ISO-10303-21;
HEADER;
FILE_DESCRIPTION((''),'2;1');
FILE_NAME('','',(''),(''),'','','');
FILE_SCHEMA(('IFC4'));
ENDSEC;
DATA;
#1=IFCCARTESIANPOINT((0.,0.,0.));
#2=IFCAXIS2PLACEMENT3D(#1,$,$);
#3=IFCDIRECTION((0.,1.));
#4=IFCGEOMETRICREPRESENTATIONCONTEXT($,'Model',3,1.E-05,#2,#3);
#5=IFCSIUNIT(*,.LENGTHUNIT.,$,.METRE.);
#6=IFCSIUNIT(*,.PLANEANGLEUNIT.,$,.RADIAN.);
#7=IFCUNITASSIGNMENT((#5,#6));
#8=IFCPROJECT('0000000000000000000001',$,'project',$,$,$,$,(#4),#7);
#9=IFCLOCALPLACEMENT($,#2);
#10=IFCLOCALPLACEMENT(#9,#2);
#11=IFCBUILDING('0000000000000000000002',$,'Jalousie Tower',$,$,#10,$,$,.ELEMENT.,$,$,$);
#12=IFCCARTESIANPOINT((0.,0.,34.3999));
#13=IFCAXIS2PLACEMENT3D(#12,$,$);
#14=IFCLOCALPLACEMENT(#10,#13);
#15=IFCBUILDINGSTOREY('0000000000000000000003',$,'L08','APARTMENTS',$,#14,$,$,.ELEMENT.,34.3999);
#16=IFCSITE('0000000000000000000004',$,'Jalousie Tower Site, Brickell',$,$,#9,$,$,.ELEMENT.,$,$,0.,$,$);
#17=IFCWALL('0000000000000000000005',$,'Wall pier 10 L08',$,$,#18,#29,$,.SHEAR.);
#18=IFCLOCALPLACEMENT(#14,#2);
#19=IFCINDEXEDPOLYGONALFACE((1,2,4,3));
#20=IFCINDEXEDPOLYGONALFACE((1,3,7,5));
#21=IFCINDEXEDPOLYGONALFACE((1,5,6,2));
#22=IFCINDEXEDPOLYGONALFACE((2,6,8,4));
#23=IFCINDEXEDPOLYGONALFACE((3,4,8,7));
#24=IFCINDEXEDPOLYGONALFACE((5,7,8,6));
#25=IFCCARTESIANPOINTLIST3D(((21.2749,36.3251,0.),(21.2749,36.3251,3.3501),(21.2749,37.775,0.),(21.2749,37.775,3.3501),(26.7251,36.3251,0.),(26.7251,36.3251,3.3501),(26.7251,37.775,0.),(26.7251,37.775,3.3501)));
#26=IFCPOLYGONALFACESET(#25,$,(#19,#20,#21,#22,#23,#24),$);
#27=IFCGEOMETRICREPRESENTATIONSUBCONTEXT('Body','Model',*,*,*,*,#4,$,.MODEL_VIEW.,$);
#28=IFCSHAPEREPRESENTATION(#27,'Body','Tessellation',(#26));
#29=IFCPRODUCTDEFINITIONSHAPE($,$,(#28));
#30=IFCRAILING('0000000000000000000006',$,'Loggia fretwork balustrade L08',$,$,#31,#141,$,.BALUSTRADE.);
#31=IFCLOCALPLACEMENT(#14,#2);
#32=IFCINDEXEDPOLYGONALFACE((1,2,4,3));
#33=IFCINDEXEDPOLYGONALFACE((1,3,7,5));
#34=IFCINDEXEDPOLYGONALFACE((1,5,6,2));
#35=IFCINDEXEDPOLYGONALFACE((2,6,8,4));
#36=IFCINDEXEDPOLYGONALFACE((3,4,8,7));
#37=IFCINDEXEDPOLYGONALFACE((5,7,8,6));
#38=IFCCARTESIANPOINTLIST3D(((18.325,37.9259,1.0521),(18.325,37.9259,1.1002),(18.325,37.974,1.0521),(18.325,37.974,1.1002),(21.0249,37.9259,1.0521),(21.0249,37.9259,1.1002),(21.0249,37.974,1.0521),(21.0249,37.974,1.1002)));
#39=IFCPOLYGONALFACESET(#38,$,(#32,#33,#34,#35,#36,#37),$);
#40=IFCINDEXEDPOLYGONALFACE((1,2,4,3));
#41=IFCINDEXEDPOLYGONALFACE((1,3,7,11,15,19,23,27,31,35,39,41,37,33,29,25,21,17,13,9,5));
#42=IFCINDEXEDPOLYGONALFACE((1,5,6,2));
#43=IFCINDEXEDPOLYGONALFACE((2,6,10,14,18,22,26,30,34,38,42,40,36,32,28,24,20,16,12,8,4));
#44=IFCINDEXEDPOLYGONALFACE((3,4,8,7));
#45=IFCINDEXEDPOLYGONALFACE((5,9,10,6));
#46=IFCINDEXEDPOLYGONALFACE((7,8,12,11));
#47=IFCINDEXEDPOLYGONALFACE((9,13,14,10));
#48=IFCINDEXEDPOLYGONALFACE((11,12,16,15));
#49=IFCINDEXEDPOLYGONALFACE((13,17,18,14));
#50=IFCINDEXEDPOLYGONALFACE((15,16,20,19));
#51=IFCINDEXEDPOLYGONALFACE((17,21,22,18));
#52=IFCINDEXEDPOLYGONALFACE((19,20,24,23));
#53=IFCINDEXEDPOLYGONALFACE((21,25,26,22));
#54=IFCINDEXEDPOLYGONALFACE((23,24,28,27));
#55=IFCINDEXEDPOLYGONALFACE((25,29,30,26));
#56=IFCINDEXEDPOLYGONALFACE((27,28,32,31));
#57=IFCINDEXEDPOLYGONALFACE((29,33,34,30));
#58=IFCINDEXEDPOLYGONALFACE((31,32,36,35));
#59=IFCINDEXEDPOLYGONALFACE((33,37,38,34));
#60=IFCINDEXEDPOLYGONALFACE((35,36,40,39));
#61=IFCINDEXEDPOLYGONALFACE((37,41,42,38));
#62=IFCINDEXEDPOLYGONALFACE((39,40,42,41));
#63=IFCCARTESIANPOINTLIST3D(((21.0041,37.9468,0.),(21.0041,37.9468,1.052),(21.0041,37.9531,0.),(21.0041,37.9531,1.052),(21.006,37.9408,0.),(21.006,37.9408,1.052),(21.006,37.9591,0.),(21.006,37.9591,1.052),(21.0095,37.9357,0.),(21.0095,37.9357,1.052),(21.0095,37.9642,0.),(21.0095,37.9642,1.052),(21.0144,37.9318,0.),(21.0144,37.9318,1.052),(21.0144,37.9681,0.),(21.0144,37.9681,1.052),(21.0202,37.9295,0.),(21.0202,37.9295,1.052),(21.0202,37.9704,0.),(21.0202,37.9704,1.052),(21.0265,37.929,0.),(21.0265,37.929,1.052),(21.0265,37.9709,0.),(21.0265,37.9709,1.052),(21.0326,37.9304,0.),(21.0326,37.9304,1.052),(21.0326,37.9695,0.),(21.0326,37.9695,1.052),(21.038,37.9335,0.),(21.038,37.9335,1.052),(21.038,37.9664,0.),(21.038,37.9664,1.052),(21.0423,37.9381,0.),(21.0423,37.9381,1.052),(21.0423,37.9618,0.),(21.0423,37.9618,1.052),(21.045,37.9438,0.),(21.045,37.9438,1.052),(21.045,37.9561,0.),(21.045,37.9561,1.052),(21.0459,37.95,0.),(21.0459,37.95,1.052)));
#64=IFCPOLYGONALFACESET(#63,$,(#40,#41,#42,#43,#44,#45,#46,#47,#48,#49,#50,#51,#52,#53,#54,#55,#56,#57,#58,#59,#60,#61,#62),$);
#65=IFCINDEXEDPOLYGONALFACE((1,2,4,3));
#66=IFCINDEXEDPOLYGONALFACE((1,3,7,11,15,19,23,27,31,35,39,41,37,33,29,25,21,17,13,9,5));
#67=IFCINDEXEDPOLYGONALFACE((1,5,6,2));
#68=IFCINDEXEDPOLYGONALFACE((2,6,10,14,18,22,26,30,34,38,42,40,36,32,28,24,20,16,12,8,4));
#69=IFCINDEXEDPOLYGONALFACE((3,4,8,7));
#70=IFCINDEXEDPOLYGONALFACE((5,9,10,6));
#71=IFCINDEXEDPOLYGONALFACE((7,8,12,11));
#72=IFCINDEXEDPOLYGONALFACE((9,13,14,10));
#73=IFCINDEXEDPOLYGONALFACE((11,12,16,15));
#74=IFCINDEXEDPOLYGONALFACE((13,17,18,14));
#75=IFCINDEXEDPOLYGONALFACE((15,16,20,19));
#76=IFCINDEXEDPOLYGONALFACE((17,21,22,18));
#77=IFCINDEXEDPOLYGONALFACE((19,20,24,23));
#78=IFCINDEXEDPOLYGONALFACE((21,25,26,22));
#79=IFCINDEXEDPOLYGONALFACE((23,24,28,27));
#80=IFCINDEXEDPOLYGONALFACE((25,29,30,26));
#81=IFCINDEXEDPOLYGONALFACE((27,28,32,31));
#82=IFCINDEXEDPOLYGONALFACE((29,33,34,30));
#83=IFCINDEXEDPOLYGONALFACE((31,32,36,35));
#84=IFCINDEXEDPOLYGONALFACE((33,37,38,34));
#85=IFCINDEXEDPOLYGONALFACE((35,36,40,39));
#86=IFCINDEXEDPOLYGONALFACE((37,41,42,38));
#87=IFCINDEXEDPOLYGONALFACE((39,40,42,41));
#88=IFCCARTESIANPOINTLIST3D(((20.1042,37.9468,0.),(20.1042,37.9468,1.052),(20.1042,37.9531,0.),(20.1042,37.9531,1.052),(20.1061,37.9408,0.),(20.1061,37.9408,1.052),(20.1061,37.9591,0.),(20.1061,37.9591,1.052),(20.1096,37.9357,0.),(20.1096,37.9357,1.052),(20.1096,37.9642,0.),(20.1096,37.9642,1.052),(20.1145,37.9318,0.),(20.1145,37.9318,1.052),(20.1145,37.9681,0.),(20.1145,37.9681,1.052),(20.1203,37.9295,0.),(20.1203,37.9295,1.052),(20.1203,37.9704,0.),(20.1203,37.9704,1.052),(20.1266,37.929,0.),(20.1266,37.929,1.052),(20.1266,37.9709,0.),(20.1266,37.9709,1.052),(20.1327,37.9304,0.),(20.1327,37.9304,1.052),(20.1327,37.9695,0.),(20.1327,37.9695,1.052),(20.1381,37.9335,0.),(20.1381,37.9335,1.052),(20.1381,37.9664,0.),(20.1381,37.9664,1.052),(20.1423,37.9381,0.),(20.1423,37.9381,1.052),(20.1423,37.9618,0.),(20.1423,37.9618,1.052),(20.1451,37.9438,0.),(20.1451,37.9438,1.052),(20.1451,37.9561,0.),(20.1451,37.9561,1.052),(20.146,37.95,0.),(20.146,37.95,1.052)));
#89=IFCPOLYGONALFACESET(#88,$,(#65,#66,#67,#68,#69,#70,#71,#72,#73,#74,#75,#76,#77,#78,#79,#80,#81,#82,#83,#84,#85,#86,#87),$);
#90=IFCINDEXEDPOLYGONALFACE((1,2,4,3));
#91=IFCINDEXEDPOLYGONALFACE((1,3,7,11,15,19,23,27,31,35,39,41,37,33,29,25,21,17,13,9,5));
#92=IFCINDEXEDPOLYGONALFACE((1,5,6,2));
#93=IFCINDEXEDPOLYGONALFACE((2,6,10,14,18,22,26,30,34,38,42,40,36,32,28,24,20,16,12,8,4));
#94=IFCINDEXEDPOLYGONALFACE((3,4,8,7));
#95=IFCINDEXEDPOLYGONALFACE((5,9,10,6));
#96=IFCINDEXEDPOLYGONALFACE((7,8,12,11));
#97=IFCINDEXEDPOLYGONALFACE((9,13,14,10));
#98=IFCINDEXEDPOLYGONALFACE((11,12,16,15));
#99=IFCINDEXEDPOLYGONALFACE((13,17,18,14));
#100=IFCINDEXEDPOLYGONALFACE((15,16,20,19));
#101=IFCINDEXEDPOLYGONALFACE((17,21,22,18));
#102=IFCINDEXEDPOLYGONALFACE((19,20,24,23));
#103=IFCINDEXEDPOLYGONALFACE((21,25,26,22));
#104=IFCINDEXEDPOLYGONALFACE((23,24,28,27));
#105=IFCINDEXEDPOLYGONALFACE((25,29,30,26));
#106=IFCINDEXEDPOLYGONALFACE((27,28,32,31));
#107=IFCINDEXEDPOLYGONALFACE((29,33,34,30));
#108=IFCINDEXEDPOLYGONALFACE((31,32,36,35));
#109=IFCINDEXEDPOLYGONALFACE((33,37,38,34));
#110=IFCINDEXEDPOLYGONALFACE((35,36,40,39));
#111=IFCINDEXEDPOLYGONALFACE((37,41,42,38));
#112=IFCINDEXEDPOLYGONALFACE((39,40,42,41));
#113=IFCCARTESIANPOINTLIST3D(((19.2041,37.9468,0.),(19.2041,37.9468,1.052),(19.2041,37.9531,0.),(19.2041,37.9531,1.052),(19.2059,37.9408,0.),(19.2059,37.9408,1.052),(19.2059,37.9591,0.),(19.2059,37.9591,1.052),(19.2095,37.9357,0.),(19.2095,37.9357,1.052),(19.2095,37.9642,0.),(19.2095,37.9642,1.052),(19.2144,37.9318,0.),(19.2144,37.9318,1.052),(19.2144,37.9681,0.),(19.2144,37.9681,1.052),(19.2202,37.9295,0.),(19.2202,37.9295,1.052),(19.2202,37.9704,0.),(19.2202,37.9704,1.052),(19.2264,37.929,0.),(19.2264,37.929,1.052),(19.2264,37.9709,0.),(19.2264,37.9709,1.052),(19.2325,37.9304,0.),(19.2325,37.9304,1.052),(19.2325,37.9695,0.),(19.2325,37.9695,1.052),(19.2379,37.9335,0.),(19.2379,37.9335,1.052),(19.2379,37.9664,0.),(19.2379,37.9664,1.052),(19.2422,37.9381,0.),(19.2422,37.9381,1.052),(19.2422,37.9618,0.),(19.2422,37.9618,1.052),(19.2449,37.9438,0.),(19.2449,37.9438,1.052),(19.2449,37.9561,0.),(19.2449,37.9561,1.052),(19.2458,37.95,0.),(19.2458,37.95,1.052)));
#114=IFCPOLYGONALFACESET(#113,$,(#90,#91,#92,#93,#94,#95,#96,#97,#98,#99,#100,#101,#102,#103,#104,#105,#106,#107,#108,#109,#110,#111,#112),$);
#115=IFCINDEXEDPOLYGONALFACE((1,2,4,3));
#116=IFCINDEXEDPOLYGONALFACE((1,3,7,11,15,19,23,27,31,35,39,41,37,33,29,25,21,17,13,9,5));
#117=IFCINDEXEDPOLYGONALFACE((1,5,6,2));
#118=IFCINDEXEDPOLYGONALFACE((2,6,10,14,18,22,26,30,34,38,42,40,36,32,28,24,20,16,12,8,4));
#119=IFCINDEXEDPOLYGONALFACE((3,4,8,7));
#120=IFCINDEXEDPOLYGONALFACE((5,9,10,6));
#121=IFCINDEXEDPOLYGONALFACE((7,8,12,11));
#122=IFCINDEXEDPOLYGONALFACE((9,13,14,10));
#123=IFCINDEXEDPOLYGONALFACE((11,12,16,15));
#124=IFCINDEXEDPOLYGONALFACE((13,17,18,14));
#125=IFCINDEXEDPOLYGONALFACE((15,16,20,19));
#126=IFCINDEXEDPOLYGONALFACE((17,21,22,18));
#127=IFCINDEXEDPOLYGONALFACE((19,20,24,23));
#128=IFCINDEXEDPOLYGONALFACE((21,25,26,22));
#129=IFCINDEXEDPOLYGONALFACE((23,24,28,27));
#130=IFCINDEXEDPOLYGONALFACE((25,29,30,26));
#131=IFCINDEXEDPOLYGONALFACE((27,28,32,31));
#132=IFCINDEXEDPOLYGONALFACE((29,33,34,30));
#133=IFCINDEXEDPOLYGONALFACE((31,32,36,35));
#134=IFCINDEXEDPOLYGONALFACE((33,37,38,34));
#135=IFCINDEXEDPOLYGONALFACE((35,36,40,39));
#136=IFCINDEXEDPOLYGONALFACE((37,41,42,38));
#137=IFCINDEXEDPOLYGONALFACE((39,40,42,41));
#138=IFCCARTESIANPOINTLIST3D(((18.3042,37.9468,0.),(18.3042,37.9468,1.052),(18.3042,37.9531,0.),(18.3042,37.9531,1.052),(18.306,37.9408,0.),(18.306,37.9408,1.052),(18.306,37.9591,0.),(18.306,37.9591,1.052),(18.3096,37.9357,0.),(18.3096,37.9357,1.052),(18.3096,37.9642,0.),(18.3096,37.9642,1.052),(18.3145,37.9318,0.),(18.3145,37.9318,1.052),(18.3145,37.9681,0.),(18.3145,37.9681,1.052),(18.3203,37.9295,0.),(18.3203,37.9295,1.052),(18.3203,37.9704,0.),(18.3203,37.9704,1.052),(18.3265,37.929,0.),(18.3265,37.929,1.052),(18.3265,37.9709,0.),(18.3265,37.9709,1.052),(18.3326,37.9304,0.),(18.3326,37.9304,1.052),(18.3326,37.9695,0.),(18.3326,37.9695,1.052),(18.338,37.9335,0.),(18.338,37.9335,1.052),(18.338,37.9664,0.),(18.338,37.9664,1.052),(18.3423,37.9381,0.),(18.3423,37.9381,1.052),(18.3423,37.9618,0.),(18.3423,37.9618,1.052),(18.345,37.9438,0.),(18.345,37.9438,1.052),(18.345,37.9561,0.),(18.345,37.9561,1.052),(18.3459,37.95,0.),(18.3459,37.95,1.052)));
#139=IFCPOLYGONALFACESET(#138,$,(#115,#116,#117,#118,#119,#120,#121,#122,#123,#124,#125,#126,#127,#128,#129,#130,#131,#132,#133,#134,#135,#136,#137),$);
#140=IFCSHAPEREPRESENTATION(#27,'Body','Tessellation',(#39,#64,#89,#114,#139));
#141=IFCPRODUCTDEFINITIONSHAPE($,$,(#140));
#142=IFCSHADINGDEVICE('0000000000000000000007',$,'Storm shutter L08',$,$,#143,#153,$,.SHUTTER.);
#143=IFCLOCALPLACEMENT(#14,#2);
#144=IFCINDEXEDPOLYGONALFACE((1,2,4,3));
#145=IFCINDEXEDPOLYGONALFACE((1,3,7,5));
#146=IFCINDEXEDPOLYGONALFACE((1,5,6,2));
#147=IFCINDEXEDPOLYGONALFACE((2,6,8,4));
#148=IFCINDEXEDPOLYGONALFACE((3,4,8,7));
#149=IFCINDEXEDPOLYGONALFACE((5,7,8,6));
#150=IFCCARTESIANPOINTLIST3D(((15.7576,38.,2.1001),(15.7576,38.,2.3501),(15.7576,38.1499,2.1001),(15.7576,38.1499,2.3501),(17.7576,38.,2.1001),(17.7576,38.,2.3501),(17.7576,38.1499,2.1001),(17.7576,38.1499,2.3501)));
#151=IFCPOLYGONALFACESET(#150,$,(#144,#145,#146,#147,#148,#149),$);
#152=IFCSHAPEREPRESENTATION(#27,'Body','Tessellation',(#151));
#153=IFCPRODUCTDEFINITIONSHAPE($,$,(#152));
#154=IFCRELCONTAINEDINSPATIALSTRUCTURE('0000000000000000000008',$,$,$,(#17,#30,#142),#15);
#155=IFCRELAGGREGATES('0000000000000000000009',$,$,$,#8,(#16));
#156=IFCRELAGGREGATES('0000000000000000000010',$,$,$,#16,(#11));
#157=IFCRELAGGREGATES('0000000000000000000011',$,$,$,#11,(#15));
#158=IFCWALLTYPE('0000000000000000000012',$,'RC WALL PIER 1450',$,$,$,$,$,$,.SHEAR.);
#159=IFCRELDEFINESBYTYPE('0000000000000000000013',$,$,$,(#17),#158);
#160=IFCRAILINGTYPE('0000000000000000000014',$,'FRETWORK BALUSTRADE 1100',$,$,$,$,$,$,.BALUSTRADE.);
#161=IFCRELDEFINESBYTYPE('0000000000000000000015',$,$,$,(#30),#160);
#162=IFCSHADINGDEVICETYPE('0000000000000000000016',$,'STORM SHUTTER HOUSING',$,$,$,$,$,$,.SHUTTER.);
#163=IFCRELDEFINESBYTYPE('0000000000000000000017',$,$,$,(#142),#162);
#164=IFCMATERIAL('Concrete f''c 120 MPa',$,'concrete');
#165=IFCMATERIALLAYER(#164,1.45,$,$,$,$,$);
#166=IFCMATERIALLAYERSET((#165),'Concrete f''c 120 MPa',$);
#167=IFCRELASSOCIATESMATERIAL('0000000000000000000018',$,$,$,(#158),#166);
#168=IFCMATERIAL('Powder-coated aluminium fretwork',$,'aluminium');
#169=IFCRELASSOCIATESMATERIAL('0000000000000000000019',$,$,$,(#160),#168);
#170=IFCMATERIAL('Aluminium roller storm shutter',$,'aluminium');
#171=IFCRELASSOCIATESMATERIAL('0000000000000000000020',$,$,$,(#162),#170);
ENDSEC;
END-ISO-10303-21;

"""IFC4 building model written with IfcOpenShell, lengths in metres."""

from ifc_helpers import new_model, si_unit, direction, frame, frame_2d, origin, origin_2d, place, context, subcontext, project, spatial, rectangle, circle, extrude, material, layer, layer_set, type_object, element, save


model = new_model("IFC4")

# Units and contexts
model_context = context("Model", 3, precision=1e-05, world=origin(), true_north=direction((0.0, 1.0)))
body_context = subcontext(model_context, "Body", "Model", "MODEL_VIEW")
ifc_project = project(units=[si_unit("LENGTHUNIT", "METRE"), si_unit("PLANEANGLEUNIT", "RADIAN")], contexts=[model_context])

# Site, building, storey
site_placement = place(None, origin())
site = spatial("IfcSite", under=ifc_project, at=site_placement, Name="Jalousie Tower Site, Brickell", CompositionType="ELEMENT", RefElevation=0.0)
building_placement = place(site_placement, origin())
building = spatial("IfcBuilding", under=site, at=building_placement, Name="Jalousie Tower", CompositionType="ELEMENT")
storey_placement = place(building_placement, frame((0.0, 0.0, 34.3999)))
storey = spatial("IfcBuildingStorey", under=building, at=storey_placement, Name="L08", Description="APARTMENTS", CompositionType="ELEMENT", Elevation=34.3999)

# Wall
ifc_material_1 = material(Name="Concrete f'c 120 MPa", Category="concrete")
ifc_layer_1 = layer(ifc_material_1, 1.45)
ifc_layer_set_1 = layer_set([ifc_layer_1], Name="Concrete f'c 120 MPa")
wall_type_1 = type_object("IfcWallType", Name="RC WALL PIER 1450", PredefinedType="SHEAR", material=ifc_layer_set_1)
wall_1_placement = place(storey_placement, frame((21.2749, 37.05, 0.0), z_axis=(0.0, 0.0, 1.0), x_axis=(1.0, 0.0, 0.0)))
element("IfcWall", 1, at=wall_1_placement, inside=storey, type_object=wall_type_1, Name="Wall pier 10 L08", PredefinedType="SHEAR", context=body_context, shape_type="SweptSolid", body=[
    extrude(rectangle(XDim=5.4502, YDim=1.45, at=frame_2d((2.7251, 0.0))), origin(), (0.0, 0.0, 1.0), 3.3501),
])

# Railing
ifc_material_2 = material(Name="Powder-coated aluminium fretwork", Category="aluminium")
railing_type = type_object("IfcRailingType", Name="FRETWORK BALUSTRADE 1100", PredefinedType="BALUSTRADE", material=ifc_material_2)
railing_placement = place(storey_placement, frame((21.0249, 37.95, 0.0)))
element("IfcRailing", 2, at=railing_placement, inside=storey, type_object=railing_type, Name="Loggia fretwork balustrade L08", PredefinedType="BALUSTRADE", context=body_context, shape_type="SweptSolid", body=[
    extrude(rectangle(XDim=0.0481, YDim=0.0481, at=origin_2d()), frame((0.0, 0.0, 1.0762), z_axis=(-1.0, 0.0, 0.0), x_axis=(0.0, -1.0, 0.0)), (0.0, 0.0, 1.0), 2.7),
    extrude(circle(Radius=0.021, at=origin_2d()), origin(), (0.0, 0.0, 1.0), 1.052),
    extrude(circle(Radius=0.021, at=origin_2d()), frame((-0.8999, 0.0, 0.0)), (0.0, 0.0, 1.0), 1.052),
    extrude(circle(Radius=0.021, at=origin_2d()), frame((-1.8, 0.0, 0.0)), (0.0, 0.0, 1.0), 1.052),
    extrude(circle(Radius=0.021, at=origin_2d()), frame((-2.7, 0.0, 0.0)), (0.0, 0.0, 1.0), 1.052),
])

# Shading device
ifc_material_3 = material(Name="Aluminium roller storm shutter", Category="aluminium")
shading_device_type = type_object("IfcShadingDeviceType", Name="STORM SHUTTER HOUSING", PredefinedType="SHUTTER", material=ifc_material_3)
shading_device_placement = place(storey_placement, frame((16.7576, 38.075, 2.1001), z_axis=(0.0, 0.0, 1.0), x_axis=(-1.0, 0.0, 0.0)))
element("IfcShadingDevice", 3, at=shading_device_placement, inside=storey, type_object=shading_device_type, Name="Storm shutter L08", PredefinedType="SHUTTER", context=body_context, shape_type="SweptSolid", body=[
    extrude(rectangle(XDim=2.0, YDim=0.1499, at=origin_2d()), origin(), (0.0, 0.0, 1.0), 0.25),
])

save(model, "model.ifc")
